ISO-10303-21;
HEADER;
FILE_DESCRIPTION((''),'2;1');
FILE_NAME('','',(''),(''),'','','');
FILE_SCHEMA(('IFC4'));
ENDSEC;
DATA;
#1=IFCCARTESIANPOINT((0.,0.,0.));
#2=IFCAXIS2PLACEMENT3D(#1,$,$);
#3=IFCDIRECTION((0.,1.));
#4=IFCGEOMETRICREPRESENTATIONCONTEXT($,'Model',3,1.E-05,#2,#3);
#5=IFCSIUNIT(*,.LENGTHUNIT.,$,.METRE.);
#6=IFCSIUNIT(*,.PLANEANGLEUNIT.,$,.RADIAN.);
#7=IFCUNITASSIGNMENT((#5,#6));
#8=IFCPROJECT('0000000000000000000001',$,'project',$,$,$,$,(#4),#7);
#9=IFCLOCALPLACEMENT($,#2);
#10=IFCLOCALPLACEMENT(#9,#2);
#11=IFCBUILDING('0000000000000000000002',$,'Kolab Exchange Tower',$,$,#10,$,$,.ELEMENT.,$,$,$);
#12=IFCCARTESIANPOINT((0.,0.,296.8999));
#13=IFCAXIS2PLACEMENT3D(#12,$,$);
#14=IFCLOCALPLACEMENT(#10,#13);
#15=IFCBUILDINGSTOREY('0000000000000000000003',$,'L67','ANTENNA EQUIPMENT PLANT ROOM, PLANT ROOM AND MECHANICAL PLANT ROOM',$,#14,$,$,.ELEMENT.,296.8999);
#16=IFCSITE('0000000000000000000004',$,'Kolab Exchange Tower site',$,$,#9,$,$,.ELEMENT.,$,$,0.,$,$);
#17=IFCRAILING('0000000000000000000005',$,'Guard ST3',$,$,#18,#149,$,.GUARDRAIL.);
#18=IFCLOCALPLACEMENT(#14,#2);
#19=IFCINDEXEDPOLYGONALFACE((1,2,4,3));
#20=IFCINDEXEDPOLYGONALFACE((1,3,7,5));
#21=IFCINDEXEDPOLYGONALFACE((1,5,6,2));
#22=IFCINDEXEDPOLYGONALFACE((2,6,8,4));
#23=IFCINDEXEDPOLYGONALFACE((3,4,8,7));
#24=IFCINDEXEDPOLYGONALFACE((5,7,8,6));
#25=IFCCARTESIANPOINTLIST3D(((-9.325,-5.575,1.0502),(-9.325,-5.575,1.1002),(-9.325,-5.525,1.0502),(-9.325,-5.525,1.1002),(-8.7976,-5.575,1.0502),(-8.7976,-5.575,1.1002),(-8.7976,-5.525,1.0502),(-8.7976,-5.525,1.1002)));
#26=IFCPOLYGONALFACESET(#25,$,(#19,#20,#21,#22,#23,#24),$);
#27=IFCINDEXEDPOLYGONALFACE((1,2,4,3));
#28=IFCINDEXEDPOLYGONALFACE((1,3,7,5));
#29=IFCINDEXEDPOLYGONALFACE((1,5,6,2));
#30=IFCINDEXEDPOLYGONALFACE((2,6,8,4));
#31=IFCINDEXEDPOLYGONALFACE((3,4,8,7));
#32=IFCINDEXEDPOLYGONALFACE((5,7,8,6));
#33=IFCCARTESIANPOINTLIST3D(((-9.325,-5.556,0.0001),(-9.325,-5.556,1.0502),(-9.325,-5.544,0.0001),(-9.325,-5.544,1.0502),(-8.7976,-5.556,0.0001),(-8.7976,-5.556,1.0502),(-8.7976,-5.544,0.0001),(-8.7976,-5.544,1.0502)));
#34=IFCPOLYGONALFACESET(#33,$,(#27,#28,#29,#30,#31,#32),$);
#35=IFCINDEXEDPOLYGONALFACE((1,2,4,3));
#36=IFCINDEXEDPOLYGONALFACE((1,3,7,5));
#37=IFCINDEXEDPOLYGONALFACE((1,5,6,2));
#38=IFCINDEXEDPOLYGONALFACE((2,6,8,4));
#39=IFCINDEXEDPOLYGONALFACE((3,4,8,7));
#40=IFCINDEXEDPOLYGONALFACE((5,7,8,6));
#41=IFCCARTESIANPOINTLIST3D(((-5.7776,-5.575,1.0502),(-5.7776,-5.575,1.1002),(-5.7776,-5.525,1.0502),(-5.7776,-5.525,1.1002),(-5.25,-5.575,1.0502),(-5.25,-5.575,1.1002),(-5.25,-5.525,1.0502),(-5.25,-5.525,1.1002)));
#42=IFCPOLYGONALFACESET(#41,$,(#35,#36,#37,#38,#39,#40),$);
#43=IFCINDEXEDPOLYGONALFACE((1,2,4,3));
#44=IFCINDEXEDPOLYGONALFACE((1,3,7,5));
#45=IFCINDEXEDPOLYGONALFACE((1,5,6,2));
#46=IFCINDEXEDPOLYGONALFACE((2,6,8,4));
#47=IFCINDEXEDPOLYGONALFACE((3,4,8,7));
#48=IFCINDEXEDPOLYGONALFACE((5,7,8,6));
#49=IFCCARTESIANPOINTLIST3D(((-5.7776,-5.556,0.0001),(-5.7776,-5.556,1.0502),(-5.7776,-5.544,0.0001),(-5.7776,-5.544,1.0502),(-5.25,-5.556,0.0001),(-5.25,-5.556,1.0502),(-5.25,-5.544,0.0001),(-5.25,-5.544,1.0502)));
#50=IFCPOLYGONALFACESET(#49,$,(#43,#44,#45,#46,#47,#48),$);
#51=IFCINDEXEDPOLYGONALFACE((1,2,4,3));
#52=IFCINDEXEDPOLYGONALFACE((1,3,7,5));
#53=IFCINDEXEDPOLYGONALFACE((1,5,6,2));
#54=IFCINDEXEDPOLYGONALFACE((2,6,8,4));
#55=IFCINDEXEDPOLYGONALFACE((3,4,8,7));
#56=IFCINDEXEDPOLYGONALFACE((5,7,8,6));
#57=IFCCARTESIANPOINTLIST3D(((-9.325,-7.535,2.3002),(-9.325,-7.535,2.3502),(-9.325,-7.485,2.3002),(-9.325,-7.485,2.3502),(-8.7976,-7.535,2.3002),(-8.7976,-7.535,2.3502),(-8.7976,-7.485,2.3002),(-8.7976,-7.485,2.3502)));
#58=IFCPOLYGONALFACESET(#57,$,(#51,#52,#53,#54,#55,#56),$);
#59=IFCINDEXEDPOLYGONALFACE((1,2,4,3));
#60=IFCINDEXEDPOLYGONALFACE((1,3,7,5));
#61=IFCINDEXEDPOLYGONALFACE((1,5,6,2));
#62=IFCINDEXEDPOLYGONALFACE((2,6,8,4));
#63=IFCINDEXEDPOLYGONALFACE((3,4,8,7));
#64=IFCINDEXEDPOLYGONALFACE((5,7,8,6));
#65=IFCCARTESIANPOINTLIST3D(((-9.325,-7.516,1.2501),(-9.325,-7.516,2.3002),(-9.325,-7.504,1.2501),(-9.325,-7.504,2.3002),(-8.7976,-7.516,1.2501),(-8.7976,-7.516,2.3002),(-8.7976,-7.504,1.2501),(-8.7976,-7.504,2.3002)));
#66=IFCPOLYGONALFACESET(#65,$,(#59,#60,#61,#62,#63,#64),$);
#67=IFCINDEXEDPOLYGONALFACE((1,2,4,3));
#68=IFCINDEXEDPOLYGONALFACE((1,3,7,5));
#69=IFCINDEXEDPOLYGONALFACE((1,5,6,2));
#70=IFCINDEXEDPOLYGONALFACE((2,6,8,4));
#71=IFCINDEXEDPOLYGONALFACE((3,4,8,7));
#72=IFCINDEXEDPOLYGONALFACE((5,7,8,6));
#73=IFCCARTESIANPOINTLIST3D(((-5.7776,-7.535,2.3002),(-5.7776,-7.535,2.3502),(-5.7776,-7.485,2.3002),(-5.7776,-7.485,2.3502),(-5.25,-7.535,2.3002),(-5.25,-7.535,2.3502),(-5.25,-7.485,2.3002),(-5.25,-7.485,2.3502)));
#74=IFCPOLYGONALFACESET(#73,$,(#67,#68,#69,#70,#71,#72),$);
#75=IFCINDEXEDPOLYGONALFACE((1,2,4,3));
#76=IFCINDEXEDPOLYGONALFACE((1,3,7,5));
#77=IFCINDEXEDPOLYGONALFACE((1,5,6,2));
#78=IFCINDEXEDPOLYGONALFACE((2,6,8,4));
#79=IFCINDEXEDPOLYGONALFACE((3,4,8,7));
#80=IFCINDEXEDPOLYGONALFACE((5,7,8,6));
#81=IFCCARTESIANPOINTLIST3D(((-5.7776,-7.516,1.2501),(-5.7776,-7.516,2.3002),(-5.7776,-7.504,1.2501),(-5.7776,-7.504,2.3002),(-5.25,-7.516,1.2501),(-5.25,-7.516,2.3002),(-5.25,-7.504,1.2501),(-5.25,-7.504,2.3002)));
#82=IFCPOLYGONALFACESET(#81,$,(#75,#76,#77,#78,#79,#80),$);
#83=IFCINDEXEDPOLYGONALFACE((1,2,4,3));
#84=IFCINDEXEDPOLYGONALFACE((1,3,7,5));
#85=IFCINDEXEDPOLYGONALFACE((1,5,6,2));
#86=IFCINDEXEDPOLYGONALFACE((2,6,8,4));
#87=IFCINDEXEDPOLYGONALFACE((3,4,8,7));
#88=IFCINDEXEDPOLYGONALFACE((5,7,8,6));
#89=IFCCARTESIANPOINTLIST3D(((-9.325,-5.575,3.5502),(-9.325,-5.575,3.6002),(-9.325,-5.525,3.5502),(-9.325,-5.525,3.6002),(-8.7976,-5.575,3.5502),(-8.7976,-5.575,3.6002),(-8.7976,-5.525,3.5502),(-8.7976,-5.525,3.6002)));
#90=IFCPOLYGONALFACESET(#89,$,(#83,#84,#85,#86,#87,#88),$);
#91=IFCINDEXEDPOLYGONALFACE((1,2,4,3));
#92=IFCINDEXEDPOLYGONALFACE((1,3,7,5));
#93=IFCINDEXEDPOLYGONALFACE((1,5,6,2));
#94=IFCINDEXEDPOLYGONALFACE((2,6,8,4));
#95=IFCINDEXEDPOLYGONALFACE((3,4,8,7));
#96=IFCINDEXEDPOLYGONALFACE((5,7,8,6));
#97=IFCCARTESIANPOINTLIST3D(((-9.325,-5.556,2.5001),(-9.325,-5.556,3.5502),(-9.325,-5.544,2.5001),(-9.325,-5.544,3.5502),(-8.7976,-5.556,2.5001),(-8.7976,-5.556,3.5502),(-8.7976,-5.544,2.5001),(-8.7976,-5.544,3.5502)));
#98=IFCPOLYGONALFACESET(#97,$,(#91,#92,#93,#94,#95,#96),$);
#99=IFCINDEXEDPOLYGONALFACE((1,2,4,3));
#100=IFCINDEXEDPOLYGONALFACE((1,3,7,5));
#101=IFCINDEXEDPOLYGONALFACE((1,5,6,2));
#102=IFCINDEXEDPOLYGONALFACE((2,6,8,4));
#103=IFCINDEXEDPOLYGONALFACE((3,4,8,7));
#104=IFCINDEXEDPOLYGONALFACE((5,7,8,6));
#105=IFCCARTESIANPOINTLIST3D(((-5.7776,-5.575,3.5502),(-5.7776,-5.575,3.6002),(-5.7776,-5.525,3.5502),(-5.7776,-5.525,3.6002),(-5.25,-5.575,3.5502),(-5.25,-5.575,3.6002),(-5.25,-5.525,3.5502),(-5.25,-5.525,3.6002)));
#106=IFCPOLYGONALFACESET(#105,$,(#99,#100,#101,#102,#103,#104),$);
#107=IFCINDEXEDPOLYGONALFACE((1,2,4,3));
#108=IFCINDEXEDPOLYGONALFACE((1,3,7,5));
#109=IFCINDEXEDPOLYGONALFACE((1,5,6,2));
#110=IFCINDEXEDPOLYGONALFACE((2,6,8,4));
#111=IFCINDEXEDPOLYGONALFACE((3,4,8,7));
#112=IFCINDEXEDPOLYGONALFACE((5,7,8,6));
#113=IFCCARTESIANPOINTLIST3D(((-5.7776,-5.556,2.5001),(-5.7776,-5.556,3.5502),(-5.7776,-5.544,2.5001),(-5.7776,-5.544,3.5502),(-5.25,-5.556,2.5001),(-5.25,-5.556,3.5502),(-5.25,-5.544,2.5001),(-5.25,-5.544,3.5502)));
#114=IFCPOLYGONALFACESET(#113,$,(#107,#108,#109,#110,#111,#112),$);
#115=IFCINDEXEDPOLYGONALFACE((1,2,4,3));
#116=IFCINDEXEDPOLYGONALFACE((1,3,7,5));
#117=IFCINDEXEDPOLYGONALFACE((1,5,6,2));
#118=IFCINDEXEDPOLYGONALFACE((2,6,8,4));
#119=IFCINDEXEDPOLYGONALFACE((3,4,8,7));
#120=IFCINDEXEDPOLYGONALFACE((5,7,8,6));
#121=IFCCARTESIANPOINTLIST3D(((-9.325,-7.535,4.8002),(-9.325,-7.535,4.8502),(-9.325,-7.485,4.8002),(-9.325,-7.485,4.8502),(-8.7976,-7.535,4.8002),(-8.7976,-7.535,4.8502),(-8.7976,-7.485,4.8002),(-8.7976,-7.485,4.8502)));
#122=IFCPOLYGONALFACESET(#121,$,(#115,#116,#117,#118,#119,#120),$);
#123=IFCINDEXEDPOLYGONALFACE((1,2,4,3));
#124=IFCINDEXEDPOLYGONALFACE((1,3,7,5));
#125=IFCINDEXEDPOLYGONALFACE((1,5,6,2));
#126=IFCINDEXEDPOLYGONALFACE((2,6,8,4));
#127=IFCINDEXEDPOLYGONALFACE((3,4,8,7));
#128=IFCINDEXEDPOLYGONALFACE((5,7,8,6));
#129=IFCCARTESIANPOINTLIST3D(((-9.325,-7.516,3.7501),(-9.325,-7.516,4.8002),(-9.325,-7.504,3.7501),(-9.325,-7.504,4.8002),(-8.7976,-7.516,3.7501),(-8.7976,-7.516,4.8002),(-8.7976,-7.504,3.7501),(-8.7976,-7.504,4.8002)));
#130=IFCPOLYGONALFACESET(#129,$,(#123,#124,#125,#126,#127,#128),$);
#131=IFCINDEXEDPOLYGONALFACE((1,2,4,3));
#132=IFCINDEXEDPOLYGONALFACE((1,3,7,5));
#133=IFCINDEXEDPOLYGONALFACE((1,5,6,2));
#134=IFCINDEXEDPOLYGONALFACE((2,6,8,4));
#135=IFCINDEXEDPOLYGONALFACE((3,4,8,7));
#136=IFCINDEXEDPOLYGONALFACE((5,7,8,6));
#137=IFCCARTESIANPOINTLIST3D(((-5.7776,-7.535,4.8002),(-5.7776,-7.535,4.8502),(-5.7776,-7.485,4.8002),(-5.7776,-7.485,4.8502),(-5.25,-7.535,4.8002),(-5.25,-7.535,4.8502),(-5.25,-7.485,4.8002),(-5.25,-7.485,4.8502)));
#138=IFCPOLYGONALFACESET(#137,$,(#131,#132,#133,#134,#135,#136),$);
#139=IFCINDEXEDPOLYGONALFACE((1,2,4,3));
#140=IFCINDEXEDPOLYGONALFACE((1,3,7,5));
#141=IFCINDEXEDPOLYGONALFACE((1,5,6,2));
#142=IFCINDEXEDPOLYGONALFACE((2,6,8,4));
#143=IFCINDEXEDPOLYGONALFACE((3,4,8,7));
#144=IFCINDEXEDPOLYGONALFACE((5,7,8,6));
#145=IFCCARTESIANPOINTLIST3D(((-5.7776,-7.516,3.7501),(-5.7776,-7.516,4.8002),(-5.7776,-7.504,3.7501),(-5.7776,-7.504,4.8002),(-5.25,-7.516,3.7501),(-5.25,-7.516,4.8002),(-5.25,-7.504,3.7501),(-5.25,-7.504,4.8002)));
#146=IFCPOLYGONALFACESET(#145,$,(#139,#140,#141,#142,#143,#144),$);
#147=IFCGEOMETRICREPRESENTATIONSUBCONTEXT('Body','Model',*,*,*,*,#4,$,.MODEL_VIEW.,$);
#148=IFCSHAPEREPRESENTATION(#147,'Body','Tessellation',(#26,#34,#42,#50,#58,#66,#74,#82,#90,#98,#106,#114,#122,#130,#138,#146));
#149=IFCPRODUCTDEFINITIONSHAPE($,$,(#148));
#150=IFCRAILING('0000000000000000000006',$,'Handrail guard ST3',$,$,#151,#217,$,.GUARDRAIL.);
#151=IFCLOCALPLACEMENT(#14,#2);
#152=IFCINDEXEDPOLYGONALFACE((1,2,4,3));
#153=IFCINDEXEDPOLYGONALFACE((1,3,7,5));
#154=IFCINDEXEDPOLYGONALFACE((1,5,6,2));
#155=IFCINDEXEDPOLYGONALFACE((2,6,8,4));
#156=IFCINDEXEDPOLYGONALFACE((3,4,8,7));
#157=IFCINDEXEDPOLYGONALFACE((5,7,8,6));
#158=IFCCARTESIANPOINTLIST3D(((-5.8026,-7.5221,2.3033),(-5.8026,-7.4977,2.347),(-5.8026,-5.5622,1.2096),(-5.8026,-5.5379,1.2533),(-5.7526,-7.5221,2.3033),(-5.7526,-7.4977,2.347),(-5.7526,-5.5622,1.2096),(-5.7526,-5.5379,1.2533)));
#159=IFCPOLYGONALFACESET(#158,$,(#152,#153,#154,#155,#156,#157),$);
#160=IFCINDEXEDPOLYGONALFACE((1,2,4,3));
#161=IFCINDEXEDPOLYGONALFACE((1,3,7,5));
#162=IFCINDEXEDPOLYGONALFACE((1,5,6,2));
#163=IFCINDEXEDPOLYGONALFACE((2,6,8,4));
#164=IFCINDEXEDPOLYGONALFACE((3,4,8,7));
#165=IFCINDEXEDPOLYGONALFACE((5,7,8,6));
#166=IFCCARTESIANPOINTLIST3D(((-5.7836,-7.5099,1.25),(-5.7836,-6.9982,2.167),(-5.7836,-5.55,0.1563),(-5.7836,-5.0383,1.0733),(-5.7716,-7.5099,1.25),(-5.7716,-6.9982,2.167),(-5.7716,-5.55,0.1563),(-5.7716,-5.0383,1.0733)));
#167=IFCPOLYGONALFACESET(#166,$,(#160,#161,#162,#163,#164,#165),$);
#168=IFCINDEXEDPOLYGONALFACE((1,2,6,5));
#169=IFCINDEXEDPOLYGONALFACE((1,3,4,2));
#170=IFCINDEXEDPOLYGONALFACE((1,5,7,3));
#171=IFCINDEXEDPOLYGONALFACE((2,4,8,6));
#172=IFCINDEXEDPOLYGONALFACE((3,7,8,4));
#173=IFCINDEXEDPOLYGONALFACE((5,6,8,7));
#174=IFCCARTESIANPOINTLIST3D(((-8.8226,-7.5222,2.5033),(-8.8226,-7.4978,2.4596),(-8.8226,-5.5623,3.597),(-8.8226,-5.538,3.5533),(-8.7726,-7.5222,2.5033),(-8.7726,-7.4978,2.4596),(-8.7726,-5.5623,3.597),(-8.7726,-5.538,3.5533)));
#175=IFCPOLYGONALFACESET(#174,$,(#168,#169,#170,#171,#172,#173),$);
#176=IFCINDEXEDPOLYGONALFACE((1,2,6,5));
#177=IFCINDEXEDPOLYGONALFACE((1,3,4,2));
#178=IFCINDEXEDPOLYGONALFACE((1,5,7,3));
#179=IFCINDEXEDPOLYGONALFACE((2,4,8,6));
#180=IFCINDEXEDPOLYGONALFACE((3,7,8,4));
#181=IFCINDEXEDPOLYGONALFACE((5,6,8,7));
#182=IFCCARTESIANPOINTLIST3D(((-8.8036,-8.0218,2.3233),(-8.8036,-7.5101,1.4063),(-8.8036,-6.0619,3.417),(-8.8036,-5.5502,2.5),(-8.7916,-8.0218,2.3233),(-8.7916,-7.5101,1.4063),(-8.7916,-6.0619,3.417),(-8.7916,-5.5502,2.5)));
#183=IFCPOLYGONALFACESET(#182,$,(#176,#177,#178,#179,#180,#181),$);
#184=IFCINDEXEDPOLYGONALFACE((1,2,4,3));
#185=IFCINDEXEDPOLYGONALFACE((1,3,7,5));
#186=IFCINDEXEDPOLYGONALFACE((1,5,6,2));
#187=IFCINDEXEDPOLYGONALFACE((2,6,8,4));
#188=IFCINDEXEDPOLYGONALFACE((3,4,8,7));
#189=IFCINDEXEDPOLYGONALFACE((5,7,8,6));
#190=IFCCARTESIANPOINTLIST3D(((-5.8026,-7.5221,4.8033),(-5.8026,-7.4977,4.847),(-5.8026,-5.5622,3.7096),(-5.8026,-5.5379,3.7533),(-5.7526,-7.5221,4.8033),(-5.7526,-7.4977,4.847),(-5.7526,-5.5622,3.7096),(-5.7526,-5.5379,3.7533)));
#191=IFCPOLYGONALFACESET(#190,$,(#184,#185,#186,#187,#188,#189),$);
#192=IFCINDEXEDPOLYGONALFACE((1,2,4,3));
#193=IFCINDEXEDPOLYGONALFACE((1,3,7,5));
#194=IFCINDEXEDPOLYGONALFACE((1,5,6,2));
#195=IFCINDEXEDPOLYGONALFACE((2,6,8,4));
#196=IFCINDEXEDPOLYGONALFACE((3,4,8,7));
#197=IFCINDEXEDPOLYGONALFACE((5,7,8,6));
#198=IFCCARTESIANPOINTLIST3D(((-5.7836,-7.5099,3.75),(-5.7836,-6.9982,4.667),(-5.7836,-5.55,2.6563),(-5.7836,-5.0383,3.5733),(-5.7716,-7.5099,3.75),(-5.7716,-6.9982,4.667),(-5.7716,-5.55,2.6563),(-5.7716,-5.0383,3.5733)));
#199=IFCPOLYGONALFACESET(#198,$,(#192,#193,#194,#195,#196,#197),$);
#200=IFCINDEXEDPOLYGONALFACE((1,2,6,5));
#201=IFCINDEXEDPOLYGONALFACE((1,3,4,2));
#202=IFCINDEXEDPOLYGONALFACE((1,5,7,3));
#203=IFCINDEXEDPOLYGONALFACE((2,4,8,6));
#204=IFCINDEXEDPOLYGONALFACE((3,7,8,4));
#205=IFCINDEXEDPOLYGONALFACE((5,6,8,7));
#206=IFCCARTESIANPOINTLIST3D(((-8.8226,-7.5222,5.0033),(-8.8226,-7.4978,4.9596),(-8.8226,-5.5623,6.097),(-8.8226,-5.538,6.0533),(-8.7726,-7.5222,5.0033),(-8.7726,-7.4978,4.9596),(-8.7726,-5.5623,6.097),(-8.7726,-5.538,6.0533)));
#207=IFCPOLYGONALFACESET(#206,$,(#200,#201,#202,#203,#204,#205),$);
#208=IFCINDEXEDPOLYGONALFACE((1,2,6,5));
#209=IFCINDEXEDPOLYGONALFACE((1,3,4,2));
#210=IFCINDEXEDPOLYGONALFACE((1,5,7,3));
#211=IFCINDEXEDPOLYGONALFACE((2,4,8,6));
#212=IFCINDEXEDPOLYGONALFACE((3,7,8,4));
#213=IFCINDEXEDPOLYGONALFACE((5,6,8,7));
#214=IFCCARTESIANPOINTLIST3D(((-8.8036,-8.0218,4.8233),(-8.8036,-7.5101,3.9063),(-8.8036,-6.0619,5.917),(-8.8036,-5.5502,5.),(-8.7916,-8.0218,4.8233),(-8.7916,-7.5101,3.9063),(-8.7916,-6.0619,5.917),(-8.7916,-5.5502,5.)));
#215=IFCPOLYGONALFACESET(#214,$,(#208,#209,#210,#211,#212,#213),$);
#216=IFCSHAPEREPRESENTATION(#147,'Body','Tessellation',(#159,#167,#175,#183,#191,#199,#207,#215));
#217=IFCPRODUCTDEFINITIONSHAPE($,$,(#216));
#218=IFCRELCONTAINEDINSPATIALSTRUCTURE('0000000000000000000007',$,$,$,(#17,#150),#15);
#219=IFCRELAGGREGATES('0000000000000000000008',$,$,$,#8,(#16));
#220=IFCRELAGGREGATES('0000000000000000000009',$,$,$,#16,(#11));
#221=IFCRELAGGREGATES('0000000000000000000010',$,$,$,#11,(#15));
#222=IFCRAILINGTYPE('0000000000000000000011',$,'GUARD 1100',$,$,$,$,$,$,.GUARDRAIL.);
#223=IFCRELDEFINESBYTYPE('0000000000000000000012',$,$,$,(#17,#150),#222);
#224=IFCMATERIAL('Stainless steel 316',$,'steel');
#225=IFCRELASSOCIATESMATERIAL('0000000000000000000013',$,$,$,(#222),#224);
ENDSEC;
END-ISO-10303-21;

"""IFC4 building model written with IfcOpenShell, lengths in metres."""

from ifc_helpers import new_model, si_unit, direction, frame, frame_2d, origin, origin_2d, place, context, subcontext, project, spatial, rectangle, extrude, material, type_object, element, save


model = new_model("IFC4")

# Units and contexts
model_context = context("Model", 3, precision=1e-05, world=origin(), true_north=direction((0.0, 1.0)))
body_context = subcontext(model_context, "Body", "Model", "MODEL_VIEW")
ifc_project = project(units=[si_unit("LENGTHUNIT", "METRE"), si_unit("PLANEANGLEUNIT", "RADIAN")], contexts=[model_context])

# Site, building, storey
site_placement = place(None, origin())
site = spatial("IfcSite", under=ifc_project, at=site_placement, Name="Kolab Exchange Tower site", CompositionType="ELEMENT", RefElevation=0.0)
building_placement = place(site_placement, origin())
building = spatial("IfcBuilding", under=site, at=building_placement, Name="Kolab Exchange Tower", CompositionType="ELEMENT")
storey_placement = place(building_placement, frame((0.0, 0.0, 296.8999)))
storey = spatial("IfcBuildingStorey", under=building, at=storey_placement, Name="L67", Description="ANTENNA EQUIPMENT PLANT ROOM, PLANT ROOM AND MECHANICAL PLANT ROOM", CompositionType="ELEMENT", Elevation=296.8999)

# Shared definitions
ifc_material_1 = material(Name="Stainless steel 316", Category="steel")

# Railings
railing_type = type_object("IfcRailingType", Name="GUARD 1100", PredefinedType="GUARDRAIL", material=ifc_material_1)
railing_1_placement = place(storey_placement, frame((-9.325, -5.55, 0.0)))
element("IfcRailing", 1, at=railing_1_placement, inside=storey, type_object=railing_type, Name="Guard ST3", PredefinedType="GUARDRAIL", context=body_context, shape_type="SweptSolid", body=[
    extrude(rectangle(XDim=0.05, YDim=0.05, at=origin_2d()), frame((0.0, 0.0, 1.0752), z_axis=(1.0, 0.0, 0.0), x_axis=(0.0, 1.0, 0.0)), (0.0, 0.0, 1.0), 0.5273),
    extrude(rectangle(XDim=0.012, YDim=1.0501, at=frame_2d((0.0, 0.5251))), frame((0.0, 0.0, 0.0), z_axis=(1.0, 0.0, 0.0), x_axis=(0.0, 1.0, 0.0)), (0.0, 0.0, 1.0), 0.5273),
    extrude(rectangle(XDim=0.05, YDim=0.05, at=origin_2d()), frame((3.5474, 0.0, 1.0752), z_axis=(1.0, 0.0, 0.0), x_axis=(0.0, 1.0, 0.0)), (0.0, 0.0, 1.0), 0.5276),
    extrude(rectangle(XDim=0.012, YDim=1.0501, at=frame_2d((0.0, 0.5251))), frame((3.5474, 0.0, 0.0), z_axis=(1.0, 0.0, 0.0), x_axis=(0.0, 1.0, 0.0)), (0.0, 0.0, 1.0), 0.5276),
    extrude(rectangle(XDim=0.05, YDim=0.05, at=origin_2d()), frame((0.0, -1.96, 2.3252), z_axis=(1.0, 0.0, 0.0), x_axis=(0.0, 1.0, 0.0)), (0.0, 0.0, 1.0), 0.5273),
    extrude(rectangle(XDim=0.012, YDim=1.0501, at=frame_2d((0.0, 0.5251))), frame((0.0, -1.96, 1.25), z_axis=(1.0, 0.0, 0.0), x_axis=(0.0, 1.0, 0.0)), (0.0, 0.0, 1.0), 0.5273),
    extrude(rectangle(XDim=0.05, YDim=0.05, at=origin_2d()), frame((3.5474, -1.96, 2.3252), z_axis=(1.0, 0.0, 0.0), x_axis=(0.0, 1.0, 0.0)), (0.0, 0.0, 1.0), 0.5276),
    extrude(rectangle(XDim=0.012, YDim=1.0501, at=frame_2d((0.0, 0.5251))), frame((3.5474, -1.96, 1.25), z_axis=(1.0, 0.0, 0.0), x_axis=(0.0, 1.0, 0.0)), (0.0, 0.0, 1.0), 0.5276),
    extrude(rectangle(XDim=0.05, YDim=0.05, at=origin_2d()), frame((0.0, 0.0, 3.5752), z_axis=(1.0, 0.0, 0.0), x_axis=(0.0, 1.0, 0.0)), (0.0, 0.0, 1.0), 0.5273),
    extrude(rectangle(XDim=0.012, YDim=1.0501, at=frame_2d((0.0, 0.5251))), frame((0.0, 0.0, 2.5), z_axis=(1.0, 0.0, 0.0), x_axis=(0.0, 1.0, 0.0)), (0.0, 0.0, 1.0), 0.5273),
    extrude(rectangle(XDim=0.05, YDim=0.05, at=origin_2d()), frame((3.5474, 0.0, 3.5752), z_axis=(1.0, 0.0, 0.0), x_axis=(0.0, 1.0, 0.0)), (0.0, 0.0, 1.0), 0.5276),
    extrude(rectangle(XDim=0.012, YDim=1.0501, at=frame_2d((0.0, 0.5251))), frame((3.5474, 0.0, 2.5), z_axis=(1.0, 0.0, 0.0), x_axis=(0.0, 1.0, 0.0)), (0.0, 0.0, 1.0), 0.5276),
    extrude(rectangle(XDim=0.05, YDim=0.05, at=origin_2d()), frame((0.0, -1.96, 4.8252), z_axis=(1.0, 0.0, 0.0), x_axis=(0.0, 1.0, 0.0)), (0.0, 0.0, 1.0), 0.5273),
    extrude(rectangle(XDim=0.012, YDim=1.0501, at=frame_2d((0.0, 0.5251))), frame((0.0, -1.96, 3.75), z_axis=(1.0, 0.0, 0.0), x_axis=(0.0, 1.0, 0.0)), (0.0, 0.0, 1.0), 0.5273),
    extrude(rectangle(XDim=0.05, YDim=0.05, at=origin_2d()), frame((3.5474, -1.96, 4.8252), z_axis=(1.0, 0.0, 0.0), x_axis=(0.0, 1.0, 0.0)), (0.0, 0.0, 1.0), 0.5276),
    extrude(rectangle(XDim=0.012, YDim=1.0501, at=frame_2d((0.0, 0.5251))), frame((3.5474, -1.96, 3.75), z_axis=(1.0, 0.0, 0.0), x_axis=(0.0, 1.0, 0.0)), (0.0, 0.0, 1.0), 0.5276),
])
railing_2_placement = place(storey_placement, frame((-5.7776, -5.55, 0.1562)))
element("IfcRailing", 2, at=railing_2_placement, inside=storey, type_object=railing_type, Name="Handrail guard ST3", PredefinedType="GUARDRAIL", context=body_context, shape_type="SweptSolid", body=[
    extrude(rectangle(XDim=0.05, YDim=0.05, at=origin_2d()), frame((0.0, 0.0, 1.0752), z_axis=(0.0, -0.873232, 0.487304), x_axis=(1.0, 0.0, 0.0)), (0.0, 0.0, 1.0), 2.2444),
    extrude(rectangle(XDim=0.012, YDim=1.0501, at=frame_2d((0.0, 0.5251))), frame((0.0, 0.0, 0.0), z_axis=(0.0, -0.873232, 0.487304), x_axis=(1.0, 0.0, 0.0)), (0.0, 0.0, 1.0), 2.2444),
    extrude(rectangle(XDim=0.05, YDim=0.05, at=origin_2d()), frame((-3.02, -1.96, 2.3252), z_axis=(0.0, 0.873232, 0.487304), x_axis=(-1.0, 0.0, 0.0)), (0.0, 0.0, 1.0), 2.2444),
    extrude(rectangle(XDim=0.012, YDim=1.0501, at=frame_2d((0.0, 0.5251))), frame((-3.02, -1.96, 1.25), z_axis=(0.0, 0.873232, 0.487304), x_axis=(-1.0, 0.0, 0.0)), (0.0, 0.0, 1.0), 2.2444),
    extrude(rectangle(XDim=0.05, YDim=0.05, at=origin_2d()), frame((0.0, 0.0, 3.5752), z_axis=(0.0, -0.873232, 0.487304), x_axis=(1.0, 0.0, 0.0)), (0.0, 0.0, 1.0), 2.2444),
    extrude(rectangle(XDim=0.012, YDim=1.0501, at=frame_2d((0.0, 0.5251))), frame((0.0, 0.0, 2.5), z_axis=(0.0, -0.873232, 0.487304), x_axis=(1.0, 0.0, 0.0)), (0.0, 0.0, 1.0), 2.2444),
    extrude(rectangle(XDim=0.05, YDim=0.05, at=origin_2d()), frame((-3.02, -1.96, 4.8252), z_axis=(0.0, 0.873232, 0.487304), x_axis=(-1.0, 0.0, 0.0)), (0.0, 0.0, 1.0), 2.2444),
    extrude(rectangle(XDim=0.012, YDim=1.0501, at=frame_2d((0.0, 0.5251))), frame((-3.02, -1.96, 3.75), z_axis=(0.0, 0.873232, 0.487304), x_axis=(-1.0, 0.0, 0.0)), (0.0, 0.0, 1.0), 2.2444),
])

save(model, "model.ifc")
